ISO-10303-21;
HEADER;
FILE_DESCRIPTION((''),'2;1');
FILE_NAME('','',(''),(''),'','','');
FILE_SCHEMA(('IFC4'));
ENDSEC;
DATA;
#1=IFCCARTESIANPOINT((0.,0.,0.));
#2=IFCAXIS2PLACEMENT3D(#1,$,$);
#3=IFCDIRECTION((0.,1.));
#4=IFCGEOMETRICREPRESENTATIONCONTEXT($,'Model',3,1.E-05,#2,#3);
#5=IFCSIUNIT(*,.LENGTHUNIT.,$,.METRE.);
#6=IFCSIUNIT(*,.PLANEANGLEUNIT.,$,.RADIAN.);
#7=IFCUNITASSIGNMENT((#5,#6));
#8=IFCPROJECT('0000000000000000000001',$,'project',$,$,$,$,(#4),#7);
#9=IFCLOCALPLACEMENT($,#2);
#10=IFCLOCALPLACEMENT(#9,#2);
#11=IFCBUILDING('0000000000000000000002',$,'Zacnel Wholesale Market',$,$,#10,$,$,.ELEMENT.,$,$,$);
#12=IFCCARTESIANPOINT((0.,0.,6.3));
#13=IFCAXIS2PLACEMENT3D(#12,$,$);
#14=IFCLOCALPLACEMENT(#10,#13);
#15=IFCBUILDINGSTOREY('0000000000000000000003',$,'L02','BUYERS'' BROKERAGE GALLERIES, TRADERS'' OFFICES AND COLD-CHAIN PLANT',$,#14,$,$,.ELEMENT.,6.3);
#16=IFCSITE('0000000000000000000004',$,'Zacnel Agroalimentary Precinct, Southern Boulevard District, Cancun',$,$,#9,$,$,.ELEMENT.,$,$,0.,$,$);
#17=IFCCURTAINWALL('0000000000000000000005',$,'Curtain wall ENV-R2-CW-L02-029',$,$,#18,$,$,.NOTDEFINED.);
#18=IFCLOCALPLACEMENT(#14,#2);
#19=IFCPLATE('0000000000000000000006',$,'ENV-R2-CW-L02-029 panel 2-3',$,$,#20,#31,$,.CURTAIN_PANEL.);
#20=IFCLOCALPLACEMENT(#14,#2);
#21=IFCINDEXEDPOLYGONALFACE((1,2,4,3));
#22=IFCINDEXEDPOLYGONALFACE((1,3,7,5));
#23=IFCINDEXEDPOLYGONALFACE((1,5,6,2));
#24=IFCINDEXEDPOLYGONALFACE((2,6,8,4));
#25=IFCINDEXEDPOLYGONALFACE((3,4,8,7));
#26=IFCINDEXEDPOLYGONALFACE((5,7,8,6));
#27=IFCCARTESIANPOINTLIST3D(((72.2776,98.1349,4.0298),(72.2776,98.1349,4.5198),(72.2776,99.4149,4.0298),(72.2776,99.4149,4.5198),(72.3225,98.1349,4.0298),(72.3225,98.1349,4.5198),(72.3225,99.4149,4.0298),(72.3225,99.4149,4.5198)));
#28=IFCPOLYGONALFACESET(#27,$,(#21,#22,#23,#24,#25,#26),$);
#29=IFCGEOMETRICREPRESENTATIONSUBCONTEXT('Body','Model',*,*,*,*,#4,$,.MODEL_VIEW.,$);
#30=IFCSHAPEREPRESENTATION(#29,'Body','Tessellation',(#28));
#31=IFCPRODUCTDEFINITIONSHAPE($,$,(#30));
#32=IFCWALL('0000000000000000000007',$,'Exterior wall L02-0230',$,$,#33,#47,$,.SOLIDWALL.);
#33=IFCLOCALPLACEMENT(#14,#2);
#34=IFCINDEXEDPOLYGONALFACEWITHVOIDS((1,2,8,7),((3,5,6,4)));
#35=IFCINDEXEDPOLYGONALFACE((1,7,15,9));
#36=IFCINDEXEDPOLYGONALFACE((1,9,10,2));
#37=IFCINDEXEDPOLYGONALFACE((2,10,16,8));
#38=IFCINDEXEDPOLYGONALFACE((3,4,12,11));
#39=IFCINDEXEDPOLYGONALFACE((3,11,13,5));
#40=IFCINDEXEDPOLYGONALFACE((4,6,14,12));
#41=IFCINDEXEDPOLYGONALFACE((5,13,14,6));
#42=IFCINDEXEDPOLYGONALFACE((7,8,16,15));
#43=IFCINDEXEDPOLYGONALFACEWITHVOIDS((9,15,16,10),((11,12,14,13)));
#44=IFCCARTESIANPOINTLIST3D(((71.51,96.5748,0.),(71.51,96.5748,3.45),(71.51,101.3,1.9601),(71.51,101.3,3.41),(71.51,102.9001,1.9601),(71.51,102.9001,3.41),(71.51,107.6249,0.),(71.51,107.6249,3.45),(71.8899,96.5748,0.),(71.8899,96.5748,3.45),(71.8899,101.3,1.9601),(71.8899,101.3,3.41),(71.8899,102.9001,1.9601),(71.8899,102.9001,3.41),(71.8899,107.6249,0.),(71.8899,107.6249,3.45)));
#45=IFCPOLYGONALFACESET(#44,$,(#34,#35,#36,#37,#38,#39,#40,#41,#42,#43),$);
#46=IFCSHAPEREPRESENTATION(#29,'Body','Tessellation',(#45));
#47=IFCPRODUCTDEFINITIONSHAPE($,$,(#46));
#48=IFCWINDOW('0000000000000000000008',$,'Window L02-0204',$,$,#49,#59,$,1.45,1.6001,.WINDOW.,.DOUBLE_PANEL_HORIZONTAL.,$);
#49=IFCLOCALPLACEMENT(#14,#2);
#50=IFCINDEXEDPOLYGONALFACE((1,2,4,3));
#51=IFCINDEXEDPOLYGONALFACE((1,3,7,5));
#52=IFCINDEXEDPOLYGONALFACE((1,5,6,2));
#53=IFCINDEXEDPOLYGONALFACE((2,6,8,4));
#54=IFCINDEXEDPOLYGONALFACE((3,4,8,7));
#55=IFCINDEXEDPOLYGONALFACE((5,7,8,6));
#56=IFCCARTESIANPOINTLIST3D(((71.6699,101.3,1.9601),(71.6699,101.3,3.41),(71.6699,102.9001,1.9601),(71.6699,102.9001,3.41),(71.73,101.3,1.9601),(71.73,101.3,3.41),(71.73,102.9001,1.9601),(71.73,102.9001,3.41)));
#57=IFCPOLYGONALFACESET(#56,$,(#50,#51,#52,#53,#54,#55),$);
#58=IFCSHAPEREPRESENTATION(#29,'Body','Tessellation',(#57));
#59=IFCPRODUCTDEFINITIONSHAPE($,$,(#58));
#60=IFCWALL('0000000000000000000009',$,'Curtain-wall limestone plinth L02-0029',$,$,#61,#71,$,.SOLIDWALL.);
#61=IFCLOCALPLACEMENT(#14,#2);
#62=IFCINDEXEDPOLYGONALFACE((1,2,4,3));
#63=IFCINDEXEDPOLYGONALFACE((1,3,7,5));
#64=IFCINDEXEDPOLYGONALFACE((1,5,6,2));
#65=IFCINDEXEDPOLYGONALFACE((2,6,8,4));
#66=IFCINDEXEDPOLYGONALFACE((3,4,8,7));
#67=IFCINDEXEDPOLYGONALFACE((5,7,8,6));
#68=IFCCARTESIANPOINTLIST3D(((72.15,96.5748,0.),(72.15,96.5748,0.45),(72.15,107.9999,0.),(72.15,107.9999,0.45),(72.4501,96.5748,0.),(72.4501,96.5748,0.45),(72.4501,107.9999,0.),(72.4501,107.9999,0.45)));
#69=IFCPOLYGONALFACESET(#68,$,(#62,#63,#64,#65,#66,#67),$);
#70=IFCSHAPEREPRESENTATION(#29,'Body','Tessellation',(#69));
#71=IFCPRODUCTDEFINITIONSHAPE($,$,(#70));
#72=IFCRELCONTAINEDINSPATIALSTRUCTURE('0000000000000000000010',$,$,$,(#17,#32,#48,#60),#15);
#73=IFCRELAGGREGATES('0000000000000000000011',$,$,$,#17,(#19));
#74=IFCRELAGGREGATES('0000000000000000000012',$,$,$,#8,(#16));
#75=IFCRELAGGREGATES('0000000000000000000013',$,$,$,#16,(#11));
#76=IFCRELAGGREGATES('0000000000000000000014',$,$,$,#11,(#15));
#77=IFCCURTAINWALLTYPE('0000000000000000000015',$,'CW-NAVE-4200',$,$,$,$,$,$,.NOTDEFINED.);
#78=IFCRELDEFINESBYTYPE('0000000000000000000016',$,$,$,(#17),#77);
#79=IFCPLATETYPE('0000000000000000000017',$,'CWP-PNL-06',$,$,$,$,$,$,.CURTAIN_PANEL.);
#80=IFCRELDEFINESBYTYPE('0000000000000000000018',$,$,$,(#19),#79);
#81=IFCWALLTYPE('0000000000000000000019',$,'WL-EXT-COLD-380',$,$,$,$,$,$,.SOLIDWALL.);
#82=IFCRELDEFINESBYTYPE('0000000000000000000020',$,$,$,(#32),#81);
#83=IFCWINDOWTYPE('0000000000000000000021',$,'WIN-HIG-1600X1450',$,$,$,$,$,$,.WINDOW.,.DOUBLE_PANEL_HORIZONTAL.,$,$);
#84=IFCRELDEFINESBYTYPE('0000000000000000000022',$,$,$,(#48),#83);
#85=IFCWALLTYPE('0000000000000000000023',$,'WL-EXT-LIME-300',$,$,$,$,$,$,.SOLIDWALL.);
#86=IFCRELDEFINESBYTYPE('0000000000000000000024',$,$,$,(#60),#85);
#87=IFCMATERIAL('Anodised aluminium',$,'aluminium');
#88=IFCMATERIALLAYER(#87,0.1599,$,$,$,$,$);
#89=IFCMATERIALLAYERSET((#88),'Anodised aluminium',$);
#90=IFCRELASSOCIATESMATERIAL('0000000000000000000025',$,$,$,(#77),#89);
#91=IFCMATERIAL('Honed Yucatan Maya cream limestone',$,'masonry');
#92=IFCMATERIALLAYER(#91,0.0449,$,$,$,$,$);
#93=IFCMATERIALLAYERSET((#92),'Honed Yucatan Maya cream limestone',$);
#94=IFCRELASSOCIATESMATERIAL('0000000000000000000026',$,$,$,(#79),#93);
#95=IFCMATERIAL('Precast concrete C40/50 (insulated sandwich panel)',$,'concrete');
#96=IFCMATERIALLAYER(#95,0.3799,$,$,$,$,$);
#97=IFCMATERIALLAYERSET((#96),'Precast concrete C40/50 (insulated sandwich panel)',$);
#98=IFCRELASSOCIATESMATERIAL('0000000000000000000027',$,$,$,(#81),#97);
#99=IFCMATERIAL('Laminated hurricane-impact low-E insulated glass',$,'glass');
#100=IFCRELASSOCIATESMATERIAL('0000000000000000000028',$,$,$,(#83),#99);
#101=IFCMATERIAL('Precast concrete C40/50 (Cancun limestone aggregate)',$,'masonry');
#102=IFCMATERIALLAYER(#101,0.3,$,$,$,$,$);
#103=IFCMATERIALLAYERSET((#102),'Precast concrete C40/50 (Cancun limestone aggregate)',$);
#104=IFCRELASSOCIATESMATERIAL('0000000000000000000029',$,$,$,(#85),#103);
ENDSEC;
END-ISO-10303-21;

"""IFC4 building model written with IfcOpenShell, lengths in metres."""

from ifc_helpers import new_model, si_unit, direction, frame, frame_2d, origin, origin_2d, place, context, subcontext, project, spatial, rectangle, extrude, material, layer, layer_set, type_object, element, fill, aggregate, save


model = new_model("IFC4")

# Units and contexts
model_context = context("Model", 3, precision=1e-05, world=origin(), true_north=direction((0.0, 1.0)))
body_context = subcontext(model_context, "Body", "Model", "MODEL_VIEW")
ifc_project = project(units=[si_unit("LENGTHUNIT", "METRE"), si_unit("PLANEANGLEUNIT", "RADIAN")], contexts=[model_context])

# Site, building, storey
site_placement = place(None, origin())
site = spatial("IfcSite", under=ifc_project, at=site_placement, Name="Zacnel Agroalimentary Precinct, Southern Boulevard District, Cancun", CompositionType="ELEMENT", RefElevation=0.0)
building_placement = place(site_placement, origin())
building = spatial("IfcBuilding", under=site, at=building_placement, Name="Zacnel Wholesale Market", CompositionType="ELEMENT")
storey_placement = place(building_placement, frame((0.0, 0.0, 6.3)))
storey = spatial("IfcBuildingStorey", under=building, at=storey_placement, Name="L02", Description="BUYERS' BROKERAGE GALLERIES, TRADERS' OFFICES AND COLD-CHAIN PLANT", CompositionType="ELEMENT", Elevation=6.3)

# Curtain wall, plate
ifc_material_1 = material(Name="Anodised aluminium", Category="aluminium")
ifc_layer_1 = layer(ifc_material_1, 0.1599)
ifc_layer_set_1 = layer_set([ifc_layer_1], Name="Anodised aluminium")
curtain_wall_type = type_object("IfcCurtainWallType", Name="CW-NAVE-4200", PredefinedType="NOTDEFINED", material=ifc_layer_set_1)
curtain_wall_placement = place(storey_placement, origin())
curtain_wall = element("IfcCurtainWall", 1, at=curtain_wall_placement, inside=storey, type_object=curtain_wall_type, Name="Curtain wall ENV-R2-CW-L02-029", PredefinedType="NOTDEFINED")
ifc_material_2 = material(Name="Honed Yucatan Maya cream limestone", Category="masonry")
ifc_layer_2 = layer(ifc_material_2, 0.0449)
ifc_layer_set_2 = layer_set([ifc_layer_2], Name="Honed Yucatan Maya cream limestone")
plate_type_1 = type_object("IfcPlateType", Name="CWP-PNL-06", PredefinedType="CURTAIN_PANEL", material=ifc_layer_set_2)
plate_1_placement = place(storey_placement, frame((72.3, 98.7749, 4.0298), z_axis=(0.0, 0.0, 1.0), x_axis=(0.0, 1.0, 0.0)))
plate_1 = element("IfcPlate", 2, at=plate_1_placement, type_object=plate_type_1, Name="ENV-R2-CW-L02-029 panel 2-3", PredefinedType="CURTAIN_PANEL", context=body_context, shape_type="SweptSolid", body=[
    extrude(rectangle(XDim=1.28, YDim=0.0449, at=origin_2d()), origin(), (0.0, 0.0, 1.0), 0.49),
])
aggregate(curtain_wall, [plate_1])

# Wall, opening, window
ifc_material_3 = material(Name="Precast concrete C40/50 (insulated sandwich panel)", Category="concrete")
ifc_layer_3 = layer(ifc_material_3, 0.3799)
ifc_layer_set_3 = layer_set([ifc_layer_3], Name="Precast concrete C40/50 (insulated sandwich panel)")
wall_type_1 = type_object("IfcWallType", Name="WL-EXT-COLD-380", PredefinedType="SOLIDWALL", material=ifc_layer_set_3)
wall_1_placement = place(storey_placement, frame((71.7, 96.575, 0.0), z_axis=(0.0, 0.0, 1.0), x_axis=(0.0, 1.0, 0.0)))
wall_1 = element("IfcWall", 3, at=wall_1_placement, inside=storey, type_object=wall_type_1, Name="Exterior wall L02-0230", PredefinedType="SOLIDWALL", context=body_context, shape_type="SweptSolid", body=[
    extrude(rectangle(XDim=11.05, YDim=0.3799, at=frame_2d((5.5249, 0.0))), origin(), (0.0, 0.0, 1.0), 3.45),
])
opening_placement = place(wall_1_placement, frame((4.7251, 0.0, 1.96)))
opening = element("IfcOpeningElement", 4, at=opening_placement, cuts=wall_1, PredefinedType="OPENING", context=body_context, shape_type="SweptSolid", body=[
    extrude(rectangle(XDim=1.6001, YDim=1.45, at=frame_2d((0.8, 0.7251))), frame((0.0, 0.2, 0.0), z_axis=(0.0, -1.0, 0.0), x_axis=(1.0, 0.0, 0.0)), (0.0, 0.0, 1.0), 0.3999),
])
ifc_material_4 = material(Name="Laminated hurricane-impact low-E insulated glass", Category="glass")
window_type = type_object("IfcWindowType", Name="WIN-HIG-1600X1450", PartitioningType="DOUBLE_PANEL_HORIZONTAL", PredefinedType="WINDOW", material=ifc_material_4)
window_placement = place(opening_placement, origin())
window = element("IfcWindow", 5, at=window_placement, inside=storey, type_object=window_type, Name="Window L02-0204", OverallHeight=1.45, OverallWidth=1.6001, PartitioningType="DOUBLE_PANEL_HORIZONTAL", PredefinedType="WINDOW", context=body_context, shape_type="SweptSolid", body=[
    extrude(rectangle(XDim=1.6001, YDim=1.45, at=frame_2d((0.8, 0.7251))), frame((0.0, 0.03, 0.0), z_axis=(0.0, -1.0, 0.0), x_axis=(1.0, 0.0, 0.0)), (0.0, 0.0, 1.0), 0.0601),
])
fill(opening, window)

# Wall
ifc_material_5 = material(Name="Precast concrete C40/50 (Cancun limestone aggregate)", Category="masonry")
ifc_layer_4 = layer(ifc_material_5, 0.3)
ifc_layer_set_4 = layer_set([ifc_layer_4], Name="Precast concrete C40/50 (Cancun limestone aggregate)")
wall_type_2 = type_object("IfcWallType", Name="WL-EXT-LIME-300", PredefinedType="SOLIDWALL", material=ifc_layer_set_4)
wall_2_placement = place(storey_placement, frame((72.3, 96.575, 0.0), z_axis=(0.0, 0.0, 1.0), x_axis=(0.0, 1.0, 0.0)))
element("IfcWall", 6, at=wall_2_placement, inside=storey, type_object=wall_type_2, Name="Curtain-wall limestone plinth L02-0029", PredefinedType="SOLIDWALL", context=body_context, shape_type="SweptSolid", body=[
    extrude(rectangle(XDim=11.425, YDim=0.3, at=frame_2d((5.7124, 0.0))), origin(), (0.0, 0.0, 1.0), 0.45),
])

save(model, "model.ifc")
